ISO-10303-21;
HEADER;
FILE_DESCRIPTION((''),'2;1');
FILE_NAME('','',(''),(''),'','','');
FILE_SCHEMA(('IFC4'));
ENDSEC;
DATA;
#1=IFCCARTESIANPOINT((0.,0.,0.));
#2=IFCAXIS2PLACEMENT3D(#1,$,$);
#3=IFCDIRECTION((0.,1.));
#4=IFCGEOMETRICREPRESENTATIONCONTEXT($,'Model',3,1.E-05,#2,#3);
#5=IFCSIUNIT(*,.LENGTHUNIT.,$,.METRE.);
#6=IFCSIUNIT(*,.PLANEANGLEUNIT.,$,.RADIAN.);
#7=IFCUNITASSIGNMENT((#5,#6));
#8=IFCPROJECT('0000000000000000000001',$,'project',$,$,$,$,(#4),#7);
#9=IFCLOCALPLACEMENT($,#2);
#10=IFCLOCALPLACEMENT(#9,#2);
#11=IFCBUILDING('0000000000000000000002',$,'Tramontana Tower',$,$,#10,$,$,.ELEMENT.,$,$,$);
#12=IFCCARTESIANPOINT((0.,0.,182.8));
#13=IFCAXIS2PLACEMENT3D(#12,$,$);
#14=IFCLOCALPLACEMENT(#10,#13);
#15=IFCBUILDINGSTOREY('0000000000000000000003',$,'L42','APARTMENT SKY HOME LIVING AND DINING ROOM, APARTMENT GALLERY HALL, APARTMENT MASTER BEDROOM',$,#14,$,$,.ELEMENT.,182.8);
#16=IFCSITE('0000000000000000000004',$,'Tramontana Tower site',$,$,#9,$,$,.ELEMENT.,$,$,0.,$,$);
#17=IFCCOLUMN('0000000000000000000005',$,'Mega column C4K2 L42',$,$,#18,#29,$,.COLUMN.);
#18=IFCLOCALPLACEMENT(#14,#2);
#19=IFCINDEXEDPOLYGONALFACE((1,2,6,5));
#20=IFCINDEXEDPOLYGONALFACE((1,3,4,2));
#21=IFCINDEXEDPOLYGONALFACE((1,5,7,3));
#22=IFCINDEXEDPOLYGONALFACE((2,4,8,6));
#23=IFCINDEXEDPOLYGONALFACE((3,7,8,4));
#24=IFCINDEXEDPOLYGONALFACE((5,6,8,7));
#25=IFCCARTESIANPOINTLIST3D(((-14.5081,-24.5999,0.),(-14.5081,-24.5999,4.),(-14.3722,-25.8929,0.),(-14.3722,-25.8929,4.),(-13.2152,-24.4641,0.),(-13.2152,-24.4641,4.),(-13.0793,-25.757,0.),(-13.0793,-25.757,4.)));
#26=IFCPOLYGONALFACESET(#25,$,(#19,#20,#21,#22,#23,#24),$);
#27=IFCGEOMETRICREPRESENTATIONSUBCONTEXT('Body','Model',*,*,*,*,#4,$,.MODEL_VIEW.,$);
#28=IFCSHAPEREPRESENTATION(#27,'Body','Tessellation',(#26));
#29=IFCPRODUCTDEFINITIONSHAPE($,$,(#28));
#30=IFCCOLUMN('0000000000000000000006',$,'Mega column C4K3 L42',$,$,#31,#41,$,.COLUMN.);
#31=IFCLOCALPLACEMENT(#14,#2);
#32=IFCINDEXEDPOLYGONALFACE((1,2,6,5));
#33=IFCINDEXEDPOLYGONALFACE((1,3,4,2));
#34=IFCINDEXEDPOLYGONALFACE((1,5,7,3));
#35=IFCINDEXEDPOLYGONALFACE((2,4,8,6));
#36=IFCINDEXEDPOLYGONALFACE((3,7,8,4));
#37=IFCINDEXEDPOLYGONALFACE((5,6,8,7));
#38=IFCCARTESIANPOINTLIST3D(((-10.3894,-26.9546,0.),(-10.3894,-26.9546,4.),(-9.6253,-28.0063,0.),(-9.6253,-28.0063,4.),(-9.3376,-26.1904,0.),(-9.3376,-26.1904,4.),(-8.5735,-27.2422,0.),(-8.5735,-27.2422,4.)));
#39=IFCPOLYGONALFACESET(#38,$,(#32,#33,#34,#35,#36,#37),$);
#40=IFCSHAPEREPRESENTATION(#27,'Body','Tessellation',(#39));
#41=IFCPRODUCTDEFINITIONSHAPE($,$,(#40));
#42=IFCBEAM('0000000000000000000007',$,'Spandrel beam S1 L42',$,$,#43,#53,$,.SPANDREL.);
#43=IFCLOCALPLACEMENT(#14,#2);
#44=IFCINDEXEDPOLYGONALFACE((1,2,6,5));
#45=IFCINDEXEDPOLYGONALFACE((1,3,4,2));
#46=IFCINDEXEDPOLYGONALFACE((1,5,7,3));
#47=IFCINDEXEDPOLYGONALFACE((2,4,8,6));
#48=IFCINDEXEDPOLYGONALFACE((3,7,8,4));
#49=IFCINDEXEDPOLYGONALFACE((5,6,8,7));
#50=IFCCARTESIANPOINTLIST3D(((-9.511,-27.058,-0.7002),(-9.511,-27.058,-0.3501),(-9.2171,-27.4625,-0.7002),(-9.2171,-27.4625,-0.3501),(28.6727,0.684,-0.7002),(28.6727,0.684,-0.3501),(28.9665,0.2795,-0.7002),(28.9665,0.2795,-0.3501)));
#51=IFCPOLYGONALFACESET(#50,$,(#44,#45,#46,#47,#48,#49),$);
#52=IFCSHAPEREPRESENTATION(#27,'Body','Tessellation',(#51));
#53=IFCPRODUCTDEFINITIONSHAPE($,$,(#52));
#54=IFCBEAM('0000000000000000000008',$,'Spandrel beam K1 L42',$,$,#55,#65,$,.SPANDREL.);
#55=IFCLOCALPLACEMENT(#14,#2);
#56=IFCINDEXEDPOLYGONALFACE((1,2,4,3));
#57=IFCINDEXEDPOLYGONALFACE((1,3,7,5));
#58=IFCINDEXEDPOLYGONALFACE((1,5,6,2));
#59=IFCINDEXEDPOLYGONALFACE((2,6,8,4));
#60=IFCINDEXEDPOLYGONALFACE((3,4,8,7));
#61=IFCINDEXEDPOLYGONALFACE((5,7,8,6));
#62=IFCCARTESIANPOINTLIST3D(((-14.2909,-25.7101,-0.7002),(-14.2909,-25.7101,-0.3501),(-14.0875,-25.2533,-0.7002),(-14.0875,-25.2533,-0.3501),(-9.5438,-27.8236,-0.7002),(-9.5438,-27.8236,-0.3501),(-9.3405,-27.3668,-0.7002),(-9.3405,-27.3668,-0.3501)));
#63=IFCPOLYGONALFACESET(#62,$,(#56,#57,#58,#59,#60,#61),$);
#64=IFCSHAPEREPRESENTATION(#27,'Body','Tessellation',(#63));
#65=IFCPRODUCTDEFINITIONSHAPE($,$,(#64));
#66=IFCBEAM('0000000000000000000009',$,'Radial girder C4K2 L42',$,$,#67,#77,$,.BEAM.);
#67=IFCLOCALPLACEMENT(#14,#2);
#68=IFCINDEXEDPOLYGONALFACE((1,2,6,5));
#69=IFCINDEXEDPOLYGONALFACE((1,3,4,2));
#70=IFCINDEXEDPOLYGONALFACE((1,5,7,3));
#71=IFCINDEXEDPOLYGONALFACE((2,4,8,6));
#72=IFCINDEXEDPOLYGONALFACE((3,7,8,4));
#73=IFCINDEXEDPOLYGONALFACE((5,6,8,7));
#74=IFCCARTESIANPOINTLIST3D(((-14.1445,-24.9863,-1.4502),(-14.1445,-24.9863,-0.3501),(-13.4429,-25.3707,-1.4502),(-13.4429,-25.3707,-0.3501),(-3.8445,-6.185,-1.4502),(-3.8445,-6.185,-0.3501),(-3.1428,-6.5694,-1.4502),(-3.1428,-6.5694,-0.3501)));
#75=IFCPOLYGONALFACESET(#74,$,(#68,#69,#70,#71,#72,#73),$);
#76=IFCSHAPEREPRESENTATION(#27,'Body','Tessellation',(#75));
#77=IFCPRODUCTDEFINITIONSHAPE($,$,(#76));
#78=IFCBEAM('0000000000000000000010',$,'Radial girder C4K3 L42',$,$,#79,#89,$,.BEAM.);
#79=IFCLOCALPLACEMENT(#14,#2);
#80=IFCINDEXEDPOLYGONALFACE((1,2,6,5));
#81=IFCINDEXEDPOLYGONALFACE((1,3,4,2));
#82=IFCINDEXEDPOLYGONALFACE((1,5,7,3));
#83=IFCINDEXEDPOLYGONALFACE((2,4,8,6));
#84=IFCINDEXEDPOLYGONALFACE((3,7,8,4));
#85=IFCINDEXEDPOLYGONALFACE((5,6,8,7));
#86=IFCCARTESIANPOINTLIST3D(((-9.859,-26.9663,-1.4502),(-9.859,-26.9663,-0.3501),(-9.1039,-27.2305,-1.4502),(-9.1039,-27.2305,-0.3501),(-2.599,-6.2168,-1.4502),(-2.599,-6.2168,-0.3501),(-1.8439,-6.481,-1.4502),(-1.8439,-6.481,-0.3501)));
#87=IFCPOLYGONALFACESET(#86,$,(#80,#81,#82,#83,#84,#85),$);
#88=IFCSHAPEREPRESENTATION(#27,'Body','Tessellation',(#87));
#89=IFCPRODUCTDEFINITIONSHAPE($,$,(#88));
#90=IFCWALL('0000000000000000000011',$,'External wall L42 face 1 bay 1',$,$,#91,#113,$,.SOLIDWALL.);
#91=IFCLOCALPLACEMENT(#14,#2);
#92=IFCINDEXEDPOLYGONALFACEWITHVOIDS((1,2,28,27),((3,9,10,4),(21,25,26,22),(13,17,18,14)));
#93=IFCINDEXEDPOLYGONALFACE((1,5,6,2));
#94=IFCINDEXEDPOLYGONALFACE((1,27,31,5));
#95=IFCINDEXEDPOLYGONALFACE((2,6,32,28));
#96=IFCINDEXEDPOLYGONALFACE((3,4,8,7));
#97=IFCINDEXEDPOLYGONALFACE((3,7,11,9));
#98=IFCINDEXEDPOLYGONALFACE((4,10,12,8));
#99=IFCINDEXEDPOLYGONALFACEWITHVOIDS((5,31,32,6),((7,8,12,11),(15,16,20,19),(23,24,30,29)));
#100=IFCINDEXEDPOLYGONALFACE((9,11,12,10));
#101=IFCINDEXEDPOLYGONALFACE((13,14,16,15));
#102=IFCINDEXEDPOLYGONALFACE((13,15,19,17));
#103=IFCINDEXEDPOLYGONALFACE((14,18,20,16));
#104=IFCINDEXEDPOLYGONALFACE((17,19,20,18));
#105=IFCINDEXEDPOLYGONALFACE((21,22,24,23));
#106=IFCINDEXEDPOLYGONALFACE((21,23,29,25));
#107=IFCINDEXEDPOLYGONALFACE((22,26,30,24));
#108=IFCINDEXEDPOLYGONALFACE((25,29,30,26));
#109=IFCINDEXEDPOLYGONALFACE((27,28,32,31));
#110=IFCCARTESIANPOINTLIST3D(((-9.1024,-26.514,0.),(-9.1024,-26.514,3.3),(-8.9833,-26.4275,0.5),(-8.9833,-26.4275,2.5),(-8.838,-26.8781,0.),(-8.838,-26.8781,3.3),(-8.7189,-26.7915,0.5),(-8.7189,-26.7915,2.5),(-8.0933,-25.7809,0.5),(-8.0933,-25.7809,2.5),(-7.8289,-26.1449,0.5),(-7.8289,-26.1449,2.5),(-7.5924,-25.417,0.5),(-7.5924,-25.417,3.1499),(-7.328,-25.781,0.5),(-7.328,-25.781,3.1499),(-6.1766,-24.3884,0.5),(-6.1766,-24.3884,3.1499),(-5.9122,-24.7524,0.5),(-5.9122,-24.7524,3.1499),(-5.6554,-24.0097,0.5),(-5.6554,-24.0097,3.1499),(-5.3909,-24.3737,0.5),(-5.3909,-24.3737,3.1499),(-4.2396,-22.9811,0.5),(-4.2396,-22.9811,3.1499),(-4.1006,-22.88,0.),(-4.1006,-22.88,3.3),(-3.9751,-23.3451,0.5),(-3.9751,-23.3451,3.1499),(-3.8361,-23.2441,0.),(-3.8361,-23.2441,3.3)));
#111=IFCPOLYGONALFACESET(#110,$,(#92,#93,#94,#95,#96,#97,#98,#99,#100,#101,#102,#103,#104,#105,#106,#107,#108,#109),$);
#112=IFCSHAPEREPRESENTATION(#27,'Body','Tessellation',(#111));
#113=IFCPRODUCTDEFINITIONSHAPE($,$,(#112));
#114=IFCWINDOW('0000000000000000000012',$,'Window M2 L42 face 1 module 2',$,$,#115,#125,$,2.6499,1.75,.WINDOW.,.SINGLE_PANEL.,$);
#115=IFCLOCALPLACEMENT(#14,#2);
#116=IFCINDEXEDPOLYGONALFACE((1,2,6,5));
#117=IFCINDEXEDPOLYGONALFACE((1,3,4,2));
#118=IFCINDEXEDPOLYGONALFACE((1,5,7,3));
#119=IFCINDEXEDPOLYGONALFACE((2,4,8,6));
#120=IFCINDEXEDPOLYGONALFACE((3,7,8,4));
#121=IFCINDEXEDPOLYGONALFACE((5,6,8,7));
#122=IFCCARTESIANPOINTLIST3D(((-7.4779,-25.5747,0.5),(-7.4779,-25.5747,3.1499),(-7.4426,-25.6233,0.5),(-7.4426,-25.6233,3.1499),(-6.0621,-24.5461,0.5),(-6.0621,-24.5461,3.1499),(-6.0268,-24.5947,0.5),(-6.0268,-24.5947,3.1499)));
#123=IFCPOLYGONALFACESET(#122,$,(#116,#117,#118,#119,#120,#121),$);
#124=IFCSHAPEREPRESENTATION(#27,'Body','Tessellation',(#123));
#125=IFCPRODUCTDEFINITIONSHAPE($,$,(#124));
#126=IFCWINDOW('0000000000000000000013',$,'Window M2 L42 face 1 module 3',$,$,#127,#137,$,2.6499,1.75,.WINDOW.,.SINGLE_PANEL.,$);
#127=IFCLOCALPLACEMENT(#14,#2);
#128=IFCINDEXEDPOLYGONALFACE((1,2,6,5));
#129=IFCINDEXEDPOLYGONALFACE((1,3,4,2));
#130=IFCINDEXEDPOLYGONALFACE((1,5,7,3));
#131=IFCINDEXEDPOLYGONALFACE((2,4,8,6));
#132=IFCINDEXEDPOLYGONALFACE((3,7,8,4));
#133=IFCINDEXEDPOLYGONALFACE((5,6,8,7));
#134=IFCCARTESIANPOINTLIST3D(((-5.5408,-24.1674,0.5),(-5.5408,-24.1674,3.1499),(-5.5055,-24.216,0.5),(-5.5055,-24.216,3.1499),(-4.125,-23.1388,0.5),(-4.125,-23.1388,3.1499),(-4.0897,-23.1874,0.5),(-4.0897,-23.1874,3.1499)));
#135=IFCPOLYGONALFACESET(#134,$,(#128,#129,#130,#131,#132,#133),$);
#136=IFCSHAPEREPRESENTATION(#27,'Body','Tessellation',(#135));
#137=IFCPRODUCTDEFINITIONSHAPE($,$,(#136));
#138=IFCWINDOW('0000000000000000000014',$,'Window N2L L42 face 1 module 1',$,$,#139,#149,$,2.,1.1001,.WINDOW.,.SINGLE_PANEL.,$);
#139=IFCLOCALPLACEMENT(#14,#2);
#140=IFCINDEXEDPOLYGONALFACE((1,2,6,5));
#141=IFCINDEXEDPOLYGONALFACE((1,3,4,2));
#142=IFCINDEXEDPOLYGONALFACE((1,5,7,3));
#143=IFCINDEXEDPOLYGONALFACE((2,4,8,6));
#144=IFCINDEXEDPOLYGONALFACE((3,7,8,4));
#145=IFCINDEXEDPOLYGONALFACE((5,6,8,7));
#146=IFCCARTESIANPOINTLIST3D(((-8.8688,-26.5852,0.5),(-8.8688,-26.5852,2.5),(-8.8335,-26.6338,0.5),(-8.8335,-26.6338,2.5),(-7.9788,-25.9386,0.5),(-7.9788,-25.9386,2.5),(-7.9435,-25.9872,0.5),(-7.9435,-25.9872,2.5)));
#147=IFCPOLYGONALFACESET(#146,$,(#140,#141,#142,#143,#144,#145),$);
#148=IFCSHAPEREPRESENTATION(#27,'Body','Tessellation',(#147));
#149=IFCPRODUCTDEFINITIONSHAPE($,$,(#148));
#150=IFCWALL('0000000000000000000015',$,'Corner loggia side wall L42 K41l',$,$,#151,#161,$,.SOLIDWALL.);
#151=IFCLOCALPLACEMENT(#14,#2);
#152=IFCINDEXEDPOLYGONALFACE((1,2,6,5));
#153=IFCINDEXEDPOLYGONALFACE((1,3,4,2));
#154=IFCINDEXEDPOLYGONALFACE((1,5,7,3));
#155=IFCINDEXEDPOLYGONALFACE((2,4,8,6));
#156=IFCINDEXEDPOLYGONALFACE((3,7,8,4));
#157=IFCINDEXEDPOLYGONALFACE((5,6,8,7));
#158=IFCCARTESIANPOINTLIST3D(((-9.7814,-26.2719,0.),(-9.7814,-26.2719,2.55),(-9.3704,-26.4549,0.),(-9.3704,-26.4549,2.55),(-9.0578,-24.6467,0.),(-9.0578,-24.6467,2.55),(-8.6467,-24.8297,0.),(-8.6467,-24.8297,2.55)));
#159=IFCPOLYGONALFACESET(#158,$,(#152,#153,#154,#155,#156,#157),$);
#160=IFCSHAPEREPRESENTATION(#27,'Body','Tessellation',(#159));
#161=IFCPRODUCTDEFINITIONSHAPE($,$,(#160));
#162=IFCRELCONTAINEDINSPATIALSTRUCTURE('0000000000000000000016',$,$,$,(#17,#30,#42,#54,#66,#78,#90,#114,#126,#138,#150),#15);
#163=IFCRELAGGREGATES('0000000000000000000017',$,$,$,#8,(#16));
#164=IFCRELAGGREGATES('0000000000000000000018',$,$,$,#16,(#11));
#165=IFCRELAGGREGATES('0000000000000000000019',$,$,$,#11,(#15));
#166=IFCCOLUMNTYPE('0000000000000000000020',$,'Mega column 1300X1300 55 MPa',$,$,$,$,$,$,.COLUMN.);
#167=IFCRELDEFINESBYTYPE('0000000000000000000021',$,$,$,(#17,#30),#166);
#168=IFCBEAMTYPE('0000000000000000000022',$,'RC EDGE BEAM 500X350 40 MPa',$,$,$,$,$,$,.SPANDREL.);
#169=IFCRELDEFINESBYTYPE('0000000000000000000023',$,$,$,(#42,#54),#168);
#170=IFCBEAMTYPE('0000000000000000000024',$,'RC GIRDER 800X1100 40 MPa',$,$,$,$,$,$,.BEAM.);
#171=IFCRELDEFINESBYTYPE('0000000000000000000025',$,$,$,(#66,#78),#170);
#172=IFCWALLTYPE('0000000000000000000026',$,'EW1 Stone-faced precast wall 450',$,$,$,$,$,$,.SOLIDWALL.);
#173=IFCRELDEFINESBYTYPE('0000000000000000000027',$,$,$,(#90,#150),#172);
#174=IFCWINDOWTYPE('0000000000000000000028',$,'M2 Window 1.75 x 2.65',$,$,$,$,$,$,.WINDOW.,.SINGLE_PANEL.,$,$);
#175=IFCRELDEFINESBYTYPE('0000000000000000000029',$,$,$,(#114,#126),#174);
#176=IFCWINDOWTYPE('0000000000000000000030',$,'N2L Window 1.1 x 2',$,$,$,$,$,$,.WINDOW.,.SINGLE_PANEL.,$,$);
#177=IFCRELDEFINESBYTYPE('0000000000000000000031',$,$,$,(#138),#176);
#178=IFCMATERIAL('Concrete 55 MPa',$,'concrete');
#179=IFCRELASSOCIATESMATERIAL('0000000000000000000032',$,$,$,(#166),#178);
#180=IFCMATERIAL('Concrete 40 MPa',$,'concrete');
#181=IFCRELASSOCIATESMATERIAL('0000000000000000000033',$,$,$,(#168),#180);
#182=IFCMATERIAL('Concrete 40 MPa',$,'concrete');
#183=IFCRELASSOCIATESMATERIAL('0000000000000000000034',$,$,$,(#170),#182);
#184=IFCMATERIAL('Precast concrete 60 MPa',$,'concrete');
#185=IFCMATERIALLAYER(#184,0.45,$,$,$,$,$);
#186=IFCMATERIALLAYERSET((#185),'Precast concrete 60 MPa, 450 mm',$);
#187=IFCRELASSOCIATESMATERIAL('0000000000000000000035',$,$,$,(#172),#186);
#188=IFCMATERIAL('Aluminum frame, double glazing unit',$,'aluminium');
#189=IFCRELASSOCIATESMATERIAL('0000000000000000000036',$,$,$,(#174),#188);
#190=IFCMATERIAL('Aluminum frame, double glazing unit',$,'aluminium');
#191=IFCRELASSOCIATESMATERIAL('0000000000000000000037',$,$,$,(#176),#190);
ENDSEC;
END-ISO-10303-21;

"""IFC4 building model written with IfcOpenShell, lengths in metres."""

from ifc_helpers import new_model, si_unit, direction, frame, frame_2d, origin, origin_2d, place, context, subcontext, project, spatial, rectangle, extrude, material, layer, layer_set, material_profile, profile_set, type_object, element, fill, save


model = new_model("IFC4")

# Units and contexts
model_context = context("Model", 3, precision=1e-05, world=origin(), true_north=direction((0.0, 1.0)))
body_context = subcontext(model_context, "Body", "Model", "MODEL_VIEW")
ifc_project = project(units=[si_unit("LENGTHUNIT", "METRE"), si_unit("PLANEANGLEUNIT", "RADIAN")], contexts=[model_context])

# Site, building, storey
site_placement = place(None, origin())
site = spatial("IfcSite", under=ifc_project, at=site_placement, Name="Tramontana Tower site", CompositionType="ELEMENT", RefElevation=0.0)
building_placement = place(site_placement, origin())
building = spatial("IfcBuilding", under=site, at=building_placement, Name="Tramontana Tower", CompositionType="ELEMENT")
storey_placement = place(building_placement, frame((0.0, 0.0, 182.8)))
storey = spatial("IfcBuildingStorey", under=building, at=storey_placement, Name="L42", Description="APARTMENT SKY HOME LIVING AND DINING ROOM, APARTMENT GALLERY HALL, APARTMENT MASTER BEDROOM", CompositionType="ELEMENT", Elevation=182.8)

# Columns
ifc_material_1 = material(Name="Concrete 55 MPa", Category="concrete")
ifc_material_profile_1 = material_profile(ifc_material_1, rectangle(XDim=1.3, YDim=1.3, at=origin_2d()), Name="Mega column 1300X1300 55 MPa")
ifc_profile_set_1 = profile_set([ifc_material_profile_1], Name="Concrete 55 MPa")
column_type = type_object("IfcColumnType", Name="Mega column 1300X1300 55 MPa", PredefinedType="COLUMN", material=ifc_profile_set_1)
for number, where, z_axis, x_axis, name in (
    (1, (-13.7937, -25.1785, 0.0), (0.0, 0.0, 1.0), (0.104528, -0.994522, 0.0), "Mega column C4K2 L42"),
    (2, (-9.4814, -27.0984, 0.0), (0.0, 0.0, 1.0), (0.809017, 0.587785, 0.0), "Mega column C4K3 L42"),
):
    element("IfcColumn", number, at=place(storey_placement, frame(where, z_axis=z_axis, x_axis=x_axis)), inside=storey, type_object=column_type, Name=name, PredefinedType="COLUMN", context=body_context, shape_type="SweptSolid", body=[
        extrude(rectangle(XDim=1.3, YDim=1.3, at=origin_2d()), origin(), (0.0, 0.0, 1.0), 4.0),
    ])

# Beams
ifc_material_2 = material(Name="Concrete 40 MPa", Category="concrete")
ifc_material_profile_2 = material_profile(ifc_material_2, rectangle(XDim=0.5, YDim=0.3501, at=origin_2d()), Name="RC EDGE BEAM 500X350 40 MPa")
ifc_profile_set_2 = profile_set([ifc_material_profile_2], Name="Concrete 40 MPa")
beam_type_1 = type_object("IfcBeamType", Name="RC EDGE BEAM 500X350 40 MPa", PredefinedType="SPANDREL", material=ifc_profile_set_2)
beam_1_placement = place(storey_placement, frame((-9.364, -27.2603, -0.5251), z_axis=(0.809018, 0.587784, 0.0), x_axis=(-0.587784, 0.809018, 0.0)))
element("IfcBeam", 3, at=beam_1_placement, inside=storey, type_object=beam_type_1, Name="Spandrel beam S1 L42", PredefinedType="SPANDREL", context=body_context, shape_type="SweptSolid", body=[
    extrude(rectangle(XDim=0.5, YDim=0.3501, at=origin_2d()), origin(), (0.0, 0.0, 1.0), 47.1975),
])
beam_2_placement = place(storey_placement, frame((-14.1892, -25.4817, -0.5251), z_axis=(0.913546, -0.406736, 0.0), x_axis=(0.406736, 0.913546, 0.0)))
element("IfcBeam", 4, at=beam_2_placement, inside=storey, type_object=beam_type_1, Name="Spandrel beam K1 L42", PredefinedType="SPANDREL", context=body_context, shape_type="SweptSolid", body=[
    extrude(rectangle(XDim=0.5, YDim=0.3501, at=origin_2d()), origin(), (0.0, 0.0, 1.0), 5.1963),
])
ifc_material_3 = material(Name="Concrete 40 MPa", Category="concrete")
ifc_material_profile_3 = material_profile(ifc_material_3, rectangle(XDim=0.8, YDim=1.1001, at=origin_2d()), Name="RC GIRDER 800X1100 40 MPa")
ifc_profile_set_3 = profile_set([ifc_material_profile_3], Name="Concrete 40 MPa")
beam_type_2 = type_object("IfcBeamType", Name="RC GIRDER 800X1100 40 MPa", PredefinedType="BEAM", material=ifc_profile_set_3)
beam_3_placement = place(storey_placement, frame((-13.7937, -25.1785, -0.9001), z_axis=(0.480462, 0.877015, 0.0), x_axis=(-0.877015, 0.480462, 0.0)))
element("IfcBeam", 5, at=beam_3_placement, inside=storey, type_object=beam_type_2, Name="Radial girder C4K2 L42", PredefinedType="BEAM", context=body_context, shape_type="SweptSolid", body=[
    extrude(rectangle(XDim=0.8, YDim=1.1001, at=origin_2d()), origin(), (0.0, 0.0, 1.0), 21.4377),
])
beam_4_placement = place(storey_placement, frame((-9.4814, -27.0984, -0.9001), z_axis=(0.330256, 0.943891, 0.0), x_axis=(-0.943891, 0.330256, 0.0)))
element("IfcBeam", 6, at=beam_4_placement, inside=storey, type_object=beam_type_2, Name="Radial girder C4K3 L42", PredefinedType="BEAM", context=body_context, shape_type="SweptSolid", body=[
    extrude(rectangle(XDim=0.8, YDim=1.1001, at=origin_2d()), origin(), (0.0, 0.0, 1.0), 21.9829),
])

# Wall, openings, windows
ifc_material_4 = material(Name="Precast concrete 60 MPa", Category="concrete")
ifc_layer_1 = layer(ifc_material_4, 0.45)
ifc_layer_set_1 = layer_set([ifc_layer_1], Name="Precast concrete 60 MPa, 450 mm")
wall_type = type_object("IfcWallType", Name="EW1 Stone-faced precast wall 450", PredefinedType="SOLIDWALL", material=ifc_layer_set_1)
wall_1_placement = place(storey_placement, frame((-8.9702, -26.696, 0.0), z_axis=(0.0, 0.0, 1.0), x_axis=(0.809025, 0.587775, 0.0)))
wall_1 = element("IfcWall", 7, at=wall_1_placement, inside=storey, type_object=wall_type, Name="External wall L42 face 1 bay 1", PredefinedType="SOLIDWALL", context=body_context, shape_type="SweptSolid", body=[
    extrude(rectangle(XDim=6.1826, YDim=0.45, at=frame_2d((3.0913, 0.0))), origin(), (0.0, 0.0, 1.0), 3.3),
])
opening_1_placement = place(wall_1_placement, frame((0.1472, 0.0, 0.5)))
opening_1 = element("IfcOpeningElement", 8, at=opening_1_placement, cuts=wall_1, PredefinedType="OPENING", context=body_context, shape_type="SweptSolid", body=[
    extrude(rectangle(XDim=1.1001, YDim=2.0, at=frame_2d((0.55, 1.0))), frame((0.0, 0.2349, 0.0), z_axis=(0.0, -1.0, 0.0), x_axis=(1.0, 0.0, 0.0)), (0.0, 0.0, 1.0), 0.47),
])
opening_2_placement = place(wall_1_placement, frame((1.8665, 0.0, 0.5)))
opening_2 = element("IfcOpeningElement", 9, at=opening_2_placement, cuts=wall_1, PredefinedType="OPENING", context=body_context, shape_type="SweptSolid", body=[
    extrude(rectangle(XDim=1.75, YDim=2.6499, at=frame_2d((0.875, 1.325))), frame((0.0, 0.2349, 0.0), z_axis=(0.0, -1.0, 0.0), x_axis=(1.0, 0.0, 0.0)), (0.0, 0.0, 1.0), 0.47),
])
opening_3_placement = place(wall_1_placement, frame((4.2607, 0.0, 0.5)))
opening_3 = element("IfcOpeningElement", 10, at=opening_3_placement, cuts=wall_1, PredefinedType="OPENING", context=body_context, shape_type="SweptSolid", body=[
    extrude(rectangle(XDim=1.75, YDim=2.6499, at=frame_2d((0.875, 1.325))), frame((0.0, 0.2349, 0.0), z_axis=(0.0, -1.0, 0.0), x_axis=(1.0, 0.0, 0.0)), (0.0, 0.0, 1.0), 0.47),
])
ifc_material_5 = material(Name="Aluminum frame, double glazing unit", Category="aluminium")
window_type_1 = type_object("IfcWindowType", Name="M2 Window 1.75 x 2.65", PartitioningType="SINGLE_PANEL", PredefinedType="WINDOW", material=ifc_material_5)
window_1_placement = place(opening_2_placement, origin())
window_1 = element("IfcWindow", 11, at=window_1_placement, inside=storey, type_object=window_type_1, Name="Window M2 L42 face 1 module 2", OverallHeight=2.6499, OverallWidth=1.75, PartitioningType="SINGLE_PANEL", PredefinedType="WINDOW", context=body_context, shape_type="SweptSolid", body=[
    extrude(rectangle(XDim=1.75, YDim=2.6499, at=frame_2d((0.875, 1.325))), frame((0.0, 0.03, 0.0), z_axis=(0.0, -1.0, 0.0), x_axis=(1.0, 0.0, 0.0)), (0.0, 0.0, 1.0), 0.0601),
])
fill(opening_2, window_1)
window_2_placement = place(opening_3_placement, origin())
window_2 = element("IfcWindow", 12, at=window_2_placement, inside=storey, type_object=window_type_1, Name="Window M2 L42 face 1 module 3", OverallHeight=2.6499, OverallWidth=1.75, PartitioningType="SINGLE_PANEL", PredefinedType="WINDOW", context=body_context, shape_type="SweptSolid", body=[
    extrude(rectangle(XDim=1.75, YDim=2.6499, at=frame_2d((0.875, 1.325))), frame((0.0, 0.03, 0.0), z_axis=(0.0, -1.0, 0.0), x_axis=(1.0, 0.0, 0.0)), (0.0, 0.0, 1.0), 0.0601),
])
fill(opening_3, window_2)
ifc_material_6 = material(Name="Aluminum frame, double glazing unit", Category="aluminium")
window_type_2 = type_object("IfcWindowType", Name="N2L Window 1.1 x 2", PartitioningType="SINGLE_PANEL", PredefinedType="WINDOW", material=ifc_material_6)
window_3_placement = place(opening_1_placement, origin())
window_3 = element("IfcWindow", 13, at=window_3_placement, inside=storey, type_object=window_type_2, Name="Window N2L L42 face 1 module 1", OverallHeight=2.0, OverallWidth=1.1001, PartitioningType="SINGLE_PANEL", PredefinedType="WINDOW", context=body_context, shape_type="SweptSolid", body=[
    extrude(rectangle(XDim=1.1001, YDim=2.0, at=frame_2d((0.55, 1.0))), frame((0.0, 0.03, 0.0), z_axis=(0.0, -1.0, 0.0), x_axis=(1.0, 0.0, 0.0)), (0.0, 0.0, 1.0), 0.0601),
])
fill(opening_1, window_3)

# Wall
wall_2_placement = place(storey_placement, frame((-9.5759, -26.3635, 0.0), z_axis=(0.0, 0.0, 1.0), x_axis=(0.40675, 0.91354, 0.0)))
element("IfcWall", 14, at=wall_2_placement, inside=storey, type_object=wall_type, Name="Corner loggia side wall L42 K41l", PredefinedType="SOLIDWALL", context=body_context, shape_type="SweptSolid", body=[
    extrude(rectangle(XDim=1.7791, YDim=0.45, at=frame_2d((0.8896, 0.0))), origin(), (0.0, 0.0, 1.0), 2.55),
])

save(model, "model.ifc")
